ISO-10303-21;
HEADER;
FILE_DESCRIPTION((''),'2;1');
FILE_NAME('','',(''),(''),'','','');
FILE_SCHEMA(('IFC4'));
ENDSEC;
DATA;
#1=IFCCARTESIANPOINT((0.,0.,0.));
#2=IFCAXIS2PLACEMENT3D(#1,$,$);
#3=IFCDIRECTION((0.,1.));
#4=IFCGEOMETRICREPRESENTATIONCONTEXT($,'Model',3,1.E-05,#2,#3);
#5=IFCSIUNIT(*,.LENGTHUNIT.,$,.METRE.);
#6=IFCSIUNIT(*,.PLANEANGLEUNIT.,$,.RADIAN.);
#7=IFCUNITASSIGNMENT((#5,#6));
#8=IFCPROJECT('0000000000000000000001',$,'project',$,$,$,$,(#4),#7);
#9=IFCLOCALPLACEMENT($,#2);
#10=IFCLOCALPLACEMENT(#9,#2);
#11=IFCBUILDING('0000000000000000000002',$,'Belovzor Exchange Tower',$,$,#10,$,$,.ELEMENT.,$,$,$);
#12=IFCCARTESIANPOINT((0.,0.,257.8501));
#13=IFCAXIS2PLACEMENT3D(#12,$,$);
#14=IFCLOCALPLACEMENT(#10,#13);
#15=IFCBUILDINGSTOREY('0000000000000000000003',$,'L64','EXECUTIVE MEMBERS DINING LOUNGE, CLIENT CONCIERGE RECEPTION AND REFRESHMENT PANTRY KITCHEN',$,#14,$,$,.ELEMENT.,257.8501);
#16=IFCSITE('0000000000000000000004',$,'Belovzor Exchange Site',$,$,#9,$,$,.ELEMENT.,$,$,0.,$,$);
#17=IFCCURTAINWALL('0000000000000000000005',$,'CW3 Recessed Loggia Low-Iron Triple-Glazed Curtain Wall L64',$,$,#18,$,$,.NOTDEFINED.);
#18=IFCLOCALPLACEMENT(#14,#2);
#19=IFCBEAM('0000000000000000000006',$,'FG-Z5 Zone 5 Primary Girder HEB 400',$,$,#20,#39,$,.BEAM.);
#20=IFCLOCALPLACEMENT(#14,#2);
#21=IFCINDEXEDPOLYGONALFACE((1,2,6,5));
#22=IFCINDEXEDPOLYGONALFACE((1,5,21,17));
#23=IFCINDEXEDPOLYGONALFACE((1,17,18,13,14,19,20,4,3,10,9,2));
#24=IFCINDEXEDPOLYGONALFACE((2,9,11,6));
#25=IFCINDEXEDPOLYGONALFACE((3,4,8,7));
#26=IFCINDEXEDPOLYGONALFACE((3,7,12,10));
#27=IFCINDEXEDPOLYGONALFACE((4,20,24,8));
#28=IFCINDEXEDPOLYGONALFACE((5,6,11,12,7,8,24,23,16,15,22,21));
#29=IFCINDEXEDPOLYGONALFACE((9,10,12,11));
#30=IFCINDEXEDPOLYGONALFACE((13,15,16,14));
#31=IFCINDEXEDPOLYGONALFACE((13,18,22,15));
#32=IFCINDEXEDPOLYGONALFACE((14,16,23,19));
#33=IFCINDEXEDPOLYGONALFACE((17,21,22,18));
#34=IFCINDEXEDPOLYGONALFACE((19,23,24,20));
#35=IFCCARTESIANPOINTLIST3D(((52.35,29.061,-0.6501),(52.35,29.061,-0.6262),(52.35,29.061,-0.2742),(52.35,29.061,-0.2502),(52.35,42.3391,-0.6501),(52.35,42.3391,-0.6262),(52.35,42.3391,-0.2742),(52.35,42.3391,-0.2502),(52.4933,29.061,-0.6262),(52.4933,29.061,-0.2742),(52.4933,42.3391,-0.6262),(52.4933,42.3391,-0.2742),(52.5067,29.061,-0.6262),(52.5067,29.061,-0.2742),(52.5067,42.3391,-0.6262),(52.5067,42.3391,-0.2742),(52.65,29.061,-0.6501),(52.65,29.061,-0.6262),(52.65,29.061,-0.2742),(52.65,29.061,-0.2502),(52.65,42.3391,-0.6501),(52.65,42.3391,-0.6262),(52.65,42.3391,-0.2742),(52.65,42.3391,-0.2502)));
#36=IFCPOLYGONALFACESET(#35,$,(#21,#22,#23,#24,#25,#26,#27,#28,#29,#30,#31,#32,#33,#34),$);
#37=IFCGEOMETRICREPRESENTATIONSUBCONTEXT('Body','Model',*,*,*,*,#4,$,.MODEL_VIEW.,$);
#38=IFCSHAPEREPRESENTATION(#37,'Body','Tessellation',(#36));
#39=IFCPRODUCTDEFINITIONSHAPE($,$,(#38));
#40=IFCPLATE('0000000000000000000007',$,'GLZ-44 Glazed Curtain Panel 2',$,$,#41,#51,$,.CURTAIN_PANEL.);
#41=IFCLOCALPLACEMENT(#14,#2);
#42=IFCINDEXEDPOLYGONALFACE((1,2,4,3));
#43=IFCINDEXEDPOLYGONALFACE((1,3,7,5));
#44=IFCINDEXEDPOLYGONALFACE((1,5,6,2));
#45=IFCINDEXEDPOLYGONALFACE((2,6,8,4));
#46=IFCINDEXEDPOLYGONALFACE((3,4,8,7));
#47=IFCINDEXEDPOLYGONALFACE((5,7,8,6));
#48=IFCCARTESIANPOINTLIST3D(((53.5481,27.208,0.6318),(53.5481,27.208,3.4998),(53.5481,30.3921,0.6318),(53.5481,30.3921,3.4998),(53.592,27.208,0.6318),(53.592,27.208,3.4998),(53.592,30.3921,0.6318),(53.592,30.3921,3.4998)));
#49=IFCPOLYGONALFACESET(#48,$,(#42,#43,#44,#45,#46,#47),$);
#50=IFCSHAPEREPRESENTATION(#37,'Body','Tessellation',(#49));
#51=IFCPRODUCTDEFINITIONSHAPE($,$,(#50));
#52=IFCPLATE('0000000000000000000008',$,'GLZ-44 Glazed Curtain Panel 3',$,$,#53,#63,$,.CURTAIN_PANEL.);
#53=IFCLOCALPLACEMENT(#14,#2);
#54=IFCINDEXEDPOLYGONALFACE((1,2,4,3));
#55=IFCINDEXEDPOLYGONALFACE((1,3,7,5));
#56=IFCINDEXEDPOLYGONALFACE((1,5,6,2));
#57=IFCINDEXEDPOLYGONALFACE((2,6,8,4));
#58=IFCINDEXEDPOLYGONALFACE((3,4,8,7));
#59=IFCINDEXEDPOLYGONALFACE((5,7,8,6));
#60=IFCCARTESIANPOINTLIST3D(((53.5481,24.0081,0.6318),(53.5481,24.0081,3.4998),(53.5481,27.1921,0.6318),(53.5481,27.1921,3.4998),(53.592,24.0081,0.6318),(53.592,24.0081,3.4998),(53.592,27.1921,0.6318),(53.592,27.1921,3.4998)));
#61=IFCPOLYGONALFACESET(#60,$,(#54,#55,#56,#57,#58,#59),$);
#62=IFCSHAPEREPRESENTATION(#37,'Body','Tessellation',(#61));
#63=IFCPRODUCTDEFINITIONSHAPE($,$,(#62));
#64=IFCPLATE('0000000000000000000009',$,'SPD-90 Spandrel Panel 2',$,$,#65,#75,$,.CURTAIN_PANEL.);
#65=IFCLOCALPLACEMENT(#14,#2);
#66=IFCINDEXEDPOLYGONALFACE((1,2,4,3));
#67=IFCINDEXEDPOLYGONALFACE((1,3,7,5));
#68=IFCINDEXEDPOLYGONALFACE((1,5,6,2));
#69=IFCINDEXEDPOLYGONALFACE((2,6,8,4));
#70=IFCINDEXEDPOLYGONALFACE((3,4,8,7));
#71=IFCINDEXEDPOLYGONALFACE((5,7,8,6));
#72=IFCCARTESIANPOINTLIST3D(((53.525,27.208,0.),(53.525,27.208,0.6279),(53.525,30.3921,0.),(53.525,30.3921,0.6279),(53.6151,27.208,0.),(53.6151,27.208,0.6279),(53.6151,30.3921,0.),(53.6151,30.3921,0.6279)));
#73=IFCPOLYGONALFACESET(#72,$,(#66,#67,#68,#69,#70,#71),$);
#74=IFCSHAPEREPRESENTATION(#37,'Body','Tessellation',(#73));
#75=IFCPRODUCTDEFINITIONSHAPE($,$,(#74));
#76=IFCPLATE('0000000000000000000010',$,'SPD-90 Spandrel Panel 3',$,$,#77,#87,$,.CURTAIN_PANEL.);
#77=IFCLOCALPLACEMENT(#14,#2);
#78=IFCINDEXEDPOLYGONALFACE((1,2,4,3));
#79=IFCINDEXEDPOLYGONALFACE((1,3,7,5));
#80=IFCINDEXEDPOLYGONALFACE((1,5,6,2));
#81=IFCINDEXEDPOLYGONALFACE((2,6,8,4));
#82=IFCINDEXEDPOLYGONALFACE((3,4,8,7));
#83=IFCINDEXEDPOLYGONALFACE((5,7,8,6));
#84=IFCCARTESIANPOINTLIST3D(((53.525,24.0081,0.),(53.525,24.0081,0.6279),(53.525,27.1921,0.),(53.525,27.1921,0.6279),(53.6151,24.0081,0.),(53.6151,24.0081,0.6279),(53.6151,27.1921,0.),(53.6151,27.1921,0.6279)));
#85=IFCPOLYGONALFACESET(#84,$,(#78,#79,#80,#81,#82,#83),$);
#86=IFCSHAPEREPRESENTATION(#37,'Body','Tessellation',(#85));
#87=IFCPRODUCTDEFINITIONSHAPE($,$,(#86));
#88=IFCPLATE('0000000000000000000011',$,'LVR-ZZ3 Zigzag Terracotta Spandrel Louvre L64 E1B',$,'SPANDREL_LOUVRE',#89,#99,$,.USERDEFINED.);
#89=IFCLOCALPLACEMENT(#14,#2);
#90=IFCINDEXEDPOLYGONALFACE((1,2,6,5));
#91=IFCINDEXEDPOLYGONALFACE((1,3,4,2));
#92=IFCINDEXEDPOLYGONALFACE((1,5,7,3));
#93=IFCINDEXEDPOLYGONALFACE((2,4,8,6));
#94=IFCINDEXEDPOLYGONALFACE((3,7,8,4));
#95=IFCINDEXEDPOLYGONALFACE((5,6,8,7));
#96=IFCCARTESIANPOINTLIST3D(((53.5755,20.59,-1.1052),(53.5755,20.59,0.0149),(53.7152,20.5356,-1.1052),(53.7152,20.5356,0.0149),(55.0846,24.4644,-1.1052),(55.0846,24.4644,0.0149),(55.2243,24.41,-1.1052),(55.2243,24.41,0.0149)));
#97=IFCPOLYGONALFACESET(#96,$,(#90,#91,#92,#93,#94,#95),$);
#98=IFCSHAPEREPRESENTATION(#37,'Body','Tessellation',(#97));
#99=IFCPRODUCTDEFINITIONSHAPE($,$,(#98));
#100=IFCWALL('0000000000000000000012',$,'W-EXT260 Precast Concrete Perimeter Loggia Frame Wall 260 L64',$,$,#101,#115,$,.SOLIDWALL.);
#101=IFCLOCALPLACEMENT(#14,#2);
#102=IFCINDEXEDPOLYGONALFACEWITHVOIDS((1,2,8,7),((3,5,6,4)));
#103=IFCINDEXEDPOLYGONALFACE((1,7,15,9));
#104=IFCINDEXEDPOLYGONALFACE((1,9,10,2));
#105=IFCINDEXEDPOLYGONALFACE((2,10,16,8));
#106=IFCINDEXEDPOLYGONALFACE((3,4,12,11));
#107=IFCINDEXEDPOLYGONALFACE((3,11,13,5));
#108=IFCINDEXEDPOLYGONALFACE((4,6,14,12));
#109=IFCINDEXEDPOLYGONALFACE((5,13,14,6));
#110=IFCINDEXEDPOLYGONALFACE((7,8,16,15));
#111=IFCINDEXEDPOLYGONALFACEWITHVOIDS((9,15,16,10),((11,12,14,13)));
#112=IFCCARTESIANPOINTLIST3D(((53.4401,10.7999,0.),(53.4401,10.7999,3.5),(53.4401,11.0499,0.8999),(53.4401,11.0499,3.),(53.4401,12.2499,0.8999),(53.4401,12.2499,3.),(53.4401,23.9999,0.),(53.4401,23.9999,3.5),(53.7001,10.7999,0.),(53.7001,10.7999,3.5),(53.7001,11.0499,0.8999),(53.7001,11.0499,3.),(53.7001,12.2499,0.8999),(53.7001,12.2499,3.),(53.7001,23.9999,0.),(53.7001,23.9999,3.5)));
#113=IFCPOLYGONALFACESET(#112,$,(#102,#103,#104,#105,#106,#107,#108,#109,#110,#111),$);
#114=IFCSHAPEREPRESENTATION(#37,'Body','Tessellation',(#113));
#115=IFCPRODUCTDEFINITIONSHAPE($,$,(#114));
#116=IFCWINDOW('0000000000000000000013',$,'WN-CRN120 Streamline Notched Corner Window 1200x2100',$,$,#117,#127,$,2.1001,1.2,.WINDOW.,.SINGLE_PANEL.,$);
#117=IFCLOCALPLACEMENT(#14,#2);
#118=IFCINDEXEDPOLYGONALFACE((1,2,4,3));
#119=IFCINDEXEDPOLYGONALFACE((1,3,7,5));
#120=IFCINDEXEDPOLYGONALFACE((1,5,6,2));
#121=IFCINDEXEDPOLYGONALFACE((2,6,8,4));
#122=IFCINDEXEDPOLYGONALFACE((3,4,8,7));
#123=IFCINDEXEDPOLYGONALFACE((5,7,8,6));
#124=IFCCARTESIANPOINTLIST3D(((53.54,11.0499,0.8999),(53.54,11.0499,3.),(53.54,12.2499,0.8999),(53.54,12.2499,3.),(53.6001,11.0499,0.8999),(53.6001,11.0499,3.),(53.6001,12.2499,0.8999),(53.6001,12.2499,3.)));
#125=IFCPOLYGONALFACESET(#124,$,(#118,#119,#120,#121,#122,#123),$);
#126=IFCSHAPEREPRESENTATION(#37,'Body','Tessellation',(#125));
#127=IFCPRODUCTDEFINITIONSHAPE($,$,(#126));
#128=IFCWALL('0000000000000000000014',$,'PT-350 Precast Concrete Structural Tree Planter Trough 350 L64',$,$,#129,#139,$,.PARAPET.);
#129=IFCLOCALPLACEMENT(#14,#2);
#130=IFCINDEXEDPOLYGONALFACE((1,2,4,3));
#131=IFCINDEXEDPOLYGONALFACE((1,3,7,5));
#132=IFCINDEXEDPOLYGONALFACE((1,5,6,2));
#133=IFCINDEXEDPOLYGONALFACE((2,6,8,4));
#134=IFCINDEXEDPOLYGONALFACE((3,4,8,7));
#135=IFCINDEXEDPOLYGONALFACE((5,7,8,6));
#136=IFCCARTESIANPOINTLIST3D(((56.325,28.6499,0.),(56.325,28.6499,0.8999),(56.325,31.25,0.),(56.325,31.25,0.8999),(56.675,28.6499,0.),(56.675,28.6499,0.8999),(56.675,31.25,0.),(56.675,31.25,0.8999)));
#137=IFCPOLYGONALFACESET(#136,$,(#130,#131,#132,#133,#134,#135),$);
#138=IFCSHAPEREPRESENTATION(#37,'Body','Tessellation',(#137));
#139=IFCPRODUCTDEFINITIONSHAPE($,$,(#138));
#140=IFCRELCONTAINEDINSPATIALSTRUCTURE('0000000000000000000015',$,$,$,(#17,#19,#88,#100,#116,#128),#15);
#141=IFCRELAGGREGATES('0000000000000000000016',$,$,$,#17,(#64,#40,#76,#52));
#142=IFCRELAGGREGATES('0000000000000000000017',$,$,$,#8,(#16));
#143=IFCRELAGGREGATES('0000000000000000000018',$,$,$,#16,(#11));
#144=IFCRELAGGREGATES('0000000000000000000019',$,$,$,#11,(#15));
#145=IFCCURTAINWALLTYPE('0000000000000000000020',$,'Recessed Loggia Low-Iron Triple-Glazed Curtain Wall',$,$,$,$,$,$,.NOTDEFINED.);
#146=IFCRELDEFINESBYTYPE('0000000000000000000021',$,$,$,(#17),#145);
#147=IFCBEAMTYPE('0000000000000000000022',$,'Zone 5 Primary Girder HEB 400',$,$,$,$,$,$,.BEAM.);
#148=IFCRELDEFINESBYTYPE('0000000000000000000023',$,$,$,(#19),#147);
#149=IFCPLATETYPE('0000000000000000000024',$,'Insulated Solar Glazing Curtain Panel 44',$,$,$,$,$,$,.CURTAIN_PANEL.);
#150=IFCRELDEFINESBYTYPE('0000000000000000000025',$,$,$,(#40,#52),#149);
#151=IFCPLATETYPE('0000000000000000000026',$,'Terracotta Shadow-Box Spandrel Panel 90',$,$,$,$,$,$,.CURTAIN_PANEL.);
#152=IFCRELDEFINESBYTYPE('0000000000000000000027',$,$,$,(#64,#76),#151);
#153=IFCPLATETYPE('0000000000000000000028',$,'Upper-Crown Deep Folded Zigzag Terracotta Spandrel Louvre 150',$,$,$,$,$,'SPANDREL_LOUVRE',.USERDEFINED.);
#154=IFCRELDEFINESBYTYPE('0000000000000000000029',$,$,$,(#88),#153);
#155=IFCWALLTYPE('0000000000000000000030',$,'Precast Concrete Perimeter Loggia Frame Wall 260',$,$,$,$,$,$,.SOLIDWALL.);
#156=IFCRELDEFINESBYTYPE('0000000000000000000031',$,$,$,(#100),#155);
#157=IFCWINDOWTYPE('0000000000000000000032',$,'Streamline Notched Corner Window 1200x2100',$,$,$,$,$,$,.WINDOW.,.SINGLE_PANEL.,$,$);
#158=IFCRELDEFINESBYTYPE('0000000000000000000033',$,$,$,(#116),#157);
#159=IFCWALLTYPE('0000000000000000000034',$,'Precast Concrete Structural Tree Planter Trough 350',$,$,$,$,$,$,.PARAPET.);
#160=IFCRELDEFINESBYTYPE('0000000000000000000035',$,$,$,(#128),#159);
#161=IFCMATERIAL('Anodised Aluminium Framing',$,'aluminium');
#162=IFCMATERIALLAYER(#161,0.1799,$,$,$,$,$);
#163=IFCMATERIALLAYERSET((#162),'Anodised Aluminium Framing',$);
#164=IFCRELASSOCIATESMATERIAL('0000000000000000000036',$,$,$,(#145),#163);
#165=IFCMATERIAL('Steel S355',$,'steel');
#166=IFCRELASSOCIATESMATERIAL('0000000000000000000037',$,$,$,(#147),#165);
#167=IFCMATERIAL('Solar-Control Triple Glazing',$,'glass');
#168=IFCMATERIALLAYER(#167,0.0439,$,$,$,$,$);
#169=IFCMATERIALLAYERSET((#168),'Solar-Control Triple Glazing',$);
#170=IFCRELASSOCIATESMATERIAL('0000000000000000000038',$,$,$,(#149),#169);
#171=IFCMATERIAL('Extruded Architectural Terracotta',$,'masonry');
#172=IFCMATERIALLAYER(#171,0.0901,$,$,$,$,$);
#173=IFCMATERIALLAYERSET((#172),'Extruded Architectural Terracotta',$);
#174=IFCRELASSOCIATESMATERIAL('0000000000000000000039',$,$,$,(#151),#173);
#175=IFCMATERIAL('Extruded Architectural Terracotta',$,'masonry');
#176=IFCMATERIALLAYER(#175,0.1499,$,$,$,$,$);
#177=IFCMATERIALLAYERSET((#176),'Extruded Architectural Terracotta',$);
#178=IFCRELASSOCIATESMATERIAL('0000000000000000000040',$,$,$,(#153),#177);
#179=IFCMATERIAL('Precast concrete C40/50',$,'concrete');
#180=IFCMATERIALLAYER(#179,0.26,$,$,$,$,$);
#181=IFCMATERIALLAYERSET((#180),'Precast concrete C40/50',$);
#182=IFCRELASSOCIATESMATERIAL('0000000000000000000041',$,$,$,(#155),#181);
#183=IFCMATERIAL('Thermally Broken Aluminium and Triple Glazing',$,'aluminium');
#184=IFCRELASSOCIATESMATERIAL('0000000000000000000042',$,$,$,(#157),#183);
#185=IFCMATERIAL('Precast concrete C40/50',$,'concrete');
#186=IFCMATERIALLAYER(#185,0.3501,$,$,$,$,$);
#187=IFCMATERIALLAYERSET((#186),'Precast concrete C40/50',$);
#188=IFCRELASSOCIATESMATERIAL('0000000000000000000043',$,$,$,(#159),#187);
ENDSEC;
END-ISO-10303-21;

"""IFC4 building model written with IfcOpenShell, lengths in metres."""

from ifc_helpers import new_model, si_unit, direction, frame, frame_2d, origin, origin_2d, place, context, subcontext, project, spatial, rectangle, i_section, extrude, material, layer, layer_set, material_profile, profile_set, type_object, element, fill, aggregate, save


model = new_model("IFC4")

# Units and contexts
model_context = context("Model", 3, precision=1e-05, world=origin(), true_north=direction((0.0, 1.0)))
body_context = subcontext(model_context, "Body", "Model", "MODEL_VIEW")
ifc_project = project(units=[si_unit("LENGTHUNIT", "METRE"), si_unit("PLANEANGLEUNIT", "RADIAN")], contexts=[model_context])

# Site, building, storey
site_placement = place(None, origin())
site = spatial("IfcSite", under=ifc_project, at=site_placement, Name="Belovzor Exchange Site", CompositionType="ELEMENT", RefElevation=0.0)
building_placement = place(site_placement, origin())
building = spatial("IfcBuilding", under=site, at=building_placement, Name="Belovzor Exchange Tower", CompositionType="ELEMENT")
storey_placement = place(building_placement, frame((0.0, 0.0, 257.8501)))
storey = spatial("IfcBuildingStorey", under=building, at=storey_placement, Name="L64", Description="EXECUTIVE MEMBERS DINING LOUNGE, CLIENT CONCIERGE RECEPTION AND REFRESHMENT PANTRY KITCHEN", CompositionType="ELEMENT", Elevation=257.8501)

# Curtain wall
ifc_material_1 = material(Name="Anodised Aluminium Framing", Category="aluminium")
ifc_layer_1 = layer(ifc_material_1, 0.1799)
ifc_layer_set_1 = layer_set([ifc_layer_1], Name="Anodised Aluminium Framing")
curtain_wall_type = type_object("IfcCurtainWallType", Name="Recessed Loggia Low-Iron Triple-Glazed Curtain Wall", PredefinedType="NOTDEFINED", material=ifc_layer_set_1)
curtain_wall_placement = place(storey_placement, origin())
curtain_wall = element("IfcCurtainWall", 1, at=curtain_wall_placement, inside=storey, type_object=curtain_wall_type, Name="CW3 Recessed Loggia Low-Iron Triple-Glazed Curtain Wall L64", PredefinedType="NOTDEFINED")

# Beam
ifc_material_2 = material(Name="Steel S355", Category="steel")
ifc_material_profile_1 = material_profile(ifc_material_2, i_section(OverallWidth=0.3, OverallDepth=0.3999, WebThickness=0.0134, FlangeThickness=0.0239, at=origin_2d()))
ifc_profile_set_1 = profile_set([ifc_material_profile_1], Name="Steel S355")
beam_type_1 = type_object("IfcBeamType", Name="Zone 5 Primary Girder HEB 400", PredefinedType="BEAM", material=ifc_profile_set_1)
beam_1_placement = place(storey_placement, frame((52.5, 29.061, -0.4502), z_axis=(0.0, 1.0, 0.0), x_axis=(-1.0, 0.0, 0.0)))
element("IfcBeam", 2, at=beam_1_placement, inside=storey, type_object=beam_type_1, Name="FG-Z5 Zone 5 Primary Girder HEB 400", PredefinedType="BEAM", context=body_context, shape_type="SweptSolid", body=[
    extrude(i_section(OverallWidth=0.3, OverallDepth=0.3999, WebThickness=0.0134, FlangeThickness=0.0239, at=origin_2d()), origin(), (0.0, 0.0, 1.0), 13.2781),
])

# Plates
ifc_material_3 = material(Name="Solar-Control Triple Glazing", Category="glass")
ifc_layer_2 = layer(ifc_material_3, 0.0439)
ifc_layer_set_2 = layer_set([ifc_layer_2], Name="Solar-Control Triple Glazing")
plate_type_1 = type_object("IfcPlateType", Name="Insulated Solar Glazing Curtain Panel 44", PredefinedType="CURTAIN_PANEL", material=ifc_layer_set_2)
plate_1_placement = place(storey_placement, frame((53.5701, 28.8, 0.6318), z_axis=(0.0, 0.0, 1.0), x_axis=(0.0, -1.0, 0.0)))
plate_1 = element("IfcPlate", 3, at=plate_1_placement, type_object=plate_type_1, Name="GLZ-44 Glazed Curtain Panel 2", PredefinedType="CURTAIN_PANEL", context=body_context, shape_type="SweptSolid", body=[
    extrude(rectangle(XDim=3.1841, YDim=0.0439, at=origin_2d()), origin(), (0.0, 0.0, 1.0), 2.8679),
])
plate_2_placement = place(storey_placement, frame((53.5701, 25.6001, 0.6318), z_axis=(0.0, 0.0, 1.0), x_axis=(0.0, -1.0, 0.0)))
plate_2 = element("IfcPlate", 4, at=plate_2_placement, type_object=plate_type_1, Name="GLZ-44 Glazed Curtain Panel 3", PredefinedType="CURTAIN_PANEL", context=body_context, shape_type="SweptSolid", body=[
    extrude(rectangle(XDim=3.1841, YDim=0.0439, at=origin_2d()), origin(), (0.0, 0.0, 1.0), 2.8679),
])
ifc_material_4 = material(Name="Extruded Architectural Terracotta", Category="masonry")
ifc_layer_3 = layer(ifc_material_4, 0.0901)
ifc_layer_set_3 = layer_set([ifc_layer_3], Name="Extruded Architectural Terracotta")
plate_type_2 = type_object("IfcPlateType", Name="Terracotta Shadow-Box Spandrel Panel 90", PredefinedType="CURTAIN_PANEL", material=ifc_layer_set_3)
plate_3_placement = place(storey_placement, frame((53.5701, 28.8, 0.0), z_axis=(0.0, 0.0, 1.0), x_axis=(0.0, -1.0, 0.0)))
plate_3 = element("IfcPlate", 5, at=plate_3_placement, type_object=plate_type_2, Name="SPD-90 Spandrel Panel 2", PredefinedType="CURTAIN_PANEL", context=body_context, shape_type="SweptSolid", body=[
    extrude(rectangle(XDim=3.1841, YDim=0.0901, at=origin_2d()), origin(), (0.0, 0.0, 1.0), 0.6279),
])
plate_4_placement = place(storey_placement, frame((53.5701, 25.6001, 0.0), z_axis=(0.0, 0.0, 1.0), x_axis=(0.0, -1.0, 0.0)))
plate_4 = element("IfcPlate", 6, at=plate_4_placement, type_object=plate_type_2, Name="SPD-90 Spandrel Panel 3", PredefinedType="CURTAIN_PANEL", context=body_context, shape_type="SweptSolid", body=[
    extrude(rectangle(XDim=3.1841, YDim=0.0901, at=origin_2d()), origin(), (0.0, 0.0, 1.0), 0.6279),
])
aggregate(curtain_wall, [plate_3, plate_1, plate_4, plate_2])
ifc_material_5 = material(Name="Extruded Architectural Terracotta", Category="masonry")
ifc_layer_4 = layer(ifc_material_5, 0.1499)
ifc_layer_set_4 = layer_set([ifc_layer_4], Name="Extruded Architectural Terracotta")
plate_type_3 = type_object("IfcPlateType", Name="Upper-Crown Deep Folded Zigzag Terracotta Spandrel Louvre 150", ElementType="SPANDREL_LOUVRE", PredefinedType="USERDEFINED", material=ifc_layer_set_4)
plate_5_placement = place(storey_placement, frame((54.3999, 22.5, -1.1052), z_axis=(0.0, 0.0, 1.0), x_axis=(0.362926, 0.931818, 0.0)))
element("IfcPlate", 7, at=plate_5_placement, inside=storey, type_object=plate_type_3, Name="LVR-ZZ3 Zigzag Terracotta Spandrel Louvre L64 E1B", ObjectType="SPANDREL_LOUVRE", PredefinedType="USERDEFINED", context=body_context, shape_type="SweptSolid", body=[
    extrude(rectangle(XDim=4.158, YDim=0.1499, at=origin_2d()), origin(), (0.0, 0.0, 1.0), 1.1201),
])

# Wall, opening, window
ifc_material_6 = material(Name="Precast concrete C40/50", Category="concrete")
ifc_layer_5 = layer(ifc_material_6, 0.26)
ifc_layer_set_5 = layer_set([ifc_layer_5], Name="Precast concrete C40/50")
wall_type_1 = type_object("IfcWallType", Name="Precast Concrete Perimeter Loggia Frame Wall 260", PredefinedType="SOLIDWALL", material=ifc_layer_set_5)
wall_1_placement = place(storey_placement, frame((53.5701, 24.0, 0.0), z_axis=(0.0, 0.0, 1.0), x_axis=(0.0, -1.0, 0.0)))
wall_1 = element("IfcWall", 8, at=wall_1_placement, inside=storey, type_object=wall_type_1, Name="W-EXT260 Precast Concrete Perimeter Loggia Frame Wall 260 L64", PredefinedType="SOLIDWALL", context=body_context, shape_type="SweptSolid", body=[
    extrude(rectangle(XDim=13.2, YDim=0.26, at=frame_2d((6.6001, 0.0))), origin(), (0.0, 0.0, 1.0), 3.5),
])
opening_placement = place(wall_1_placement, frame((11.75, 0.0, 0.8999)))
opening = element("IfcOpeningElement", 9, at=opening_placement, cuts=wall_1, PredefinedType="OPENING", context=body_context, shape_type="SweptSolid", body=[
    extrude(rectangle(XDim=1.2, YDim=2.1001, at=frame_2d((0.6001, 1.05))), frame((0.0, 0.1399, 0.0), z_axis=(0.0, -1.0, 0.0), x_axis=(1.0, 0.0, 0.0)), (0.0, 0.0, 1.0), 0.28),
])
ifc_material_7 = material(Name="Thermally Broken Aluminium and Triple Glazing", Category="aluminium")
window_type = type_object("IfcWindowType", Name="Streamline Notched Corner Window 1200x2100", PartitioningType="SINGLE_PANEL", PredefinedType="WINDOW", material=ifc_material_7)
window_placement = place(opening_placement, origin())
window = element("IfcWindow", 10, at=window_placement, inside=storey, type_object=window_type, Name="WN-CRN120 Streamline Notched Corner Window 1200x2100", OverallHeight=2.1001, OverallWidth=1.2, PartitioningType="SINGLE_PANEL", PredefinedType="WINDOW", context=body_context, shape_type="SweptSolid", body=[
    extrude(rectangle(XDim=1.2, YDim=2.1001, at=frame_2d((0.6001, 1.05))), frame((0.0, 0.03, 0.0), z_axis=(0.0, -1.0, 0.0), x_axis=(1.0, 0.0, 0.0)), (0.0, 0.0, 1.0), 0.0601),
])
fill(opening, window)

# Wall
ifc_material_8 = material(Name="Precast concrete C40/50", Category="concrete")
ifc_layer_6 = layer(ifc_material_8, 0.3501)
ifc_layer_set_6 = layer_set([ifc_layer_6], Name="Precast concrete C40/50")
wall_type_2 = type_object("IfcWallType", Name="Precast Concrete Structural Tree Planter Trough 350", PredefinedType="PARAPET", material=ifc_layer_set_6)
wall_2_placement = place(storey_placement, frame((56.5, 28.6499, 0.0), z_axis=(0.0, 0.0, 1.0), x_axis=(0.0, 1.0, 0.0)))
element("IfcWall", 11, at=wall_2_placement, inside=storey, type_object=wall_type_2, Name="PT-350 Precast Concrete Structural Tree Planter Trough 350 L64", PredefinedType="PARAPET", context=body_context, shape_type="SweptSolid", body=[
    extrude(rectangle(XDim=2.6001, YDim=0.3501, at=frame_2d((1.3, 0.0))), origin(), (0.0, 0.0, 1.0), 0.8999),
])

save(model, "model.ifc")
